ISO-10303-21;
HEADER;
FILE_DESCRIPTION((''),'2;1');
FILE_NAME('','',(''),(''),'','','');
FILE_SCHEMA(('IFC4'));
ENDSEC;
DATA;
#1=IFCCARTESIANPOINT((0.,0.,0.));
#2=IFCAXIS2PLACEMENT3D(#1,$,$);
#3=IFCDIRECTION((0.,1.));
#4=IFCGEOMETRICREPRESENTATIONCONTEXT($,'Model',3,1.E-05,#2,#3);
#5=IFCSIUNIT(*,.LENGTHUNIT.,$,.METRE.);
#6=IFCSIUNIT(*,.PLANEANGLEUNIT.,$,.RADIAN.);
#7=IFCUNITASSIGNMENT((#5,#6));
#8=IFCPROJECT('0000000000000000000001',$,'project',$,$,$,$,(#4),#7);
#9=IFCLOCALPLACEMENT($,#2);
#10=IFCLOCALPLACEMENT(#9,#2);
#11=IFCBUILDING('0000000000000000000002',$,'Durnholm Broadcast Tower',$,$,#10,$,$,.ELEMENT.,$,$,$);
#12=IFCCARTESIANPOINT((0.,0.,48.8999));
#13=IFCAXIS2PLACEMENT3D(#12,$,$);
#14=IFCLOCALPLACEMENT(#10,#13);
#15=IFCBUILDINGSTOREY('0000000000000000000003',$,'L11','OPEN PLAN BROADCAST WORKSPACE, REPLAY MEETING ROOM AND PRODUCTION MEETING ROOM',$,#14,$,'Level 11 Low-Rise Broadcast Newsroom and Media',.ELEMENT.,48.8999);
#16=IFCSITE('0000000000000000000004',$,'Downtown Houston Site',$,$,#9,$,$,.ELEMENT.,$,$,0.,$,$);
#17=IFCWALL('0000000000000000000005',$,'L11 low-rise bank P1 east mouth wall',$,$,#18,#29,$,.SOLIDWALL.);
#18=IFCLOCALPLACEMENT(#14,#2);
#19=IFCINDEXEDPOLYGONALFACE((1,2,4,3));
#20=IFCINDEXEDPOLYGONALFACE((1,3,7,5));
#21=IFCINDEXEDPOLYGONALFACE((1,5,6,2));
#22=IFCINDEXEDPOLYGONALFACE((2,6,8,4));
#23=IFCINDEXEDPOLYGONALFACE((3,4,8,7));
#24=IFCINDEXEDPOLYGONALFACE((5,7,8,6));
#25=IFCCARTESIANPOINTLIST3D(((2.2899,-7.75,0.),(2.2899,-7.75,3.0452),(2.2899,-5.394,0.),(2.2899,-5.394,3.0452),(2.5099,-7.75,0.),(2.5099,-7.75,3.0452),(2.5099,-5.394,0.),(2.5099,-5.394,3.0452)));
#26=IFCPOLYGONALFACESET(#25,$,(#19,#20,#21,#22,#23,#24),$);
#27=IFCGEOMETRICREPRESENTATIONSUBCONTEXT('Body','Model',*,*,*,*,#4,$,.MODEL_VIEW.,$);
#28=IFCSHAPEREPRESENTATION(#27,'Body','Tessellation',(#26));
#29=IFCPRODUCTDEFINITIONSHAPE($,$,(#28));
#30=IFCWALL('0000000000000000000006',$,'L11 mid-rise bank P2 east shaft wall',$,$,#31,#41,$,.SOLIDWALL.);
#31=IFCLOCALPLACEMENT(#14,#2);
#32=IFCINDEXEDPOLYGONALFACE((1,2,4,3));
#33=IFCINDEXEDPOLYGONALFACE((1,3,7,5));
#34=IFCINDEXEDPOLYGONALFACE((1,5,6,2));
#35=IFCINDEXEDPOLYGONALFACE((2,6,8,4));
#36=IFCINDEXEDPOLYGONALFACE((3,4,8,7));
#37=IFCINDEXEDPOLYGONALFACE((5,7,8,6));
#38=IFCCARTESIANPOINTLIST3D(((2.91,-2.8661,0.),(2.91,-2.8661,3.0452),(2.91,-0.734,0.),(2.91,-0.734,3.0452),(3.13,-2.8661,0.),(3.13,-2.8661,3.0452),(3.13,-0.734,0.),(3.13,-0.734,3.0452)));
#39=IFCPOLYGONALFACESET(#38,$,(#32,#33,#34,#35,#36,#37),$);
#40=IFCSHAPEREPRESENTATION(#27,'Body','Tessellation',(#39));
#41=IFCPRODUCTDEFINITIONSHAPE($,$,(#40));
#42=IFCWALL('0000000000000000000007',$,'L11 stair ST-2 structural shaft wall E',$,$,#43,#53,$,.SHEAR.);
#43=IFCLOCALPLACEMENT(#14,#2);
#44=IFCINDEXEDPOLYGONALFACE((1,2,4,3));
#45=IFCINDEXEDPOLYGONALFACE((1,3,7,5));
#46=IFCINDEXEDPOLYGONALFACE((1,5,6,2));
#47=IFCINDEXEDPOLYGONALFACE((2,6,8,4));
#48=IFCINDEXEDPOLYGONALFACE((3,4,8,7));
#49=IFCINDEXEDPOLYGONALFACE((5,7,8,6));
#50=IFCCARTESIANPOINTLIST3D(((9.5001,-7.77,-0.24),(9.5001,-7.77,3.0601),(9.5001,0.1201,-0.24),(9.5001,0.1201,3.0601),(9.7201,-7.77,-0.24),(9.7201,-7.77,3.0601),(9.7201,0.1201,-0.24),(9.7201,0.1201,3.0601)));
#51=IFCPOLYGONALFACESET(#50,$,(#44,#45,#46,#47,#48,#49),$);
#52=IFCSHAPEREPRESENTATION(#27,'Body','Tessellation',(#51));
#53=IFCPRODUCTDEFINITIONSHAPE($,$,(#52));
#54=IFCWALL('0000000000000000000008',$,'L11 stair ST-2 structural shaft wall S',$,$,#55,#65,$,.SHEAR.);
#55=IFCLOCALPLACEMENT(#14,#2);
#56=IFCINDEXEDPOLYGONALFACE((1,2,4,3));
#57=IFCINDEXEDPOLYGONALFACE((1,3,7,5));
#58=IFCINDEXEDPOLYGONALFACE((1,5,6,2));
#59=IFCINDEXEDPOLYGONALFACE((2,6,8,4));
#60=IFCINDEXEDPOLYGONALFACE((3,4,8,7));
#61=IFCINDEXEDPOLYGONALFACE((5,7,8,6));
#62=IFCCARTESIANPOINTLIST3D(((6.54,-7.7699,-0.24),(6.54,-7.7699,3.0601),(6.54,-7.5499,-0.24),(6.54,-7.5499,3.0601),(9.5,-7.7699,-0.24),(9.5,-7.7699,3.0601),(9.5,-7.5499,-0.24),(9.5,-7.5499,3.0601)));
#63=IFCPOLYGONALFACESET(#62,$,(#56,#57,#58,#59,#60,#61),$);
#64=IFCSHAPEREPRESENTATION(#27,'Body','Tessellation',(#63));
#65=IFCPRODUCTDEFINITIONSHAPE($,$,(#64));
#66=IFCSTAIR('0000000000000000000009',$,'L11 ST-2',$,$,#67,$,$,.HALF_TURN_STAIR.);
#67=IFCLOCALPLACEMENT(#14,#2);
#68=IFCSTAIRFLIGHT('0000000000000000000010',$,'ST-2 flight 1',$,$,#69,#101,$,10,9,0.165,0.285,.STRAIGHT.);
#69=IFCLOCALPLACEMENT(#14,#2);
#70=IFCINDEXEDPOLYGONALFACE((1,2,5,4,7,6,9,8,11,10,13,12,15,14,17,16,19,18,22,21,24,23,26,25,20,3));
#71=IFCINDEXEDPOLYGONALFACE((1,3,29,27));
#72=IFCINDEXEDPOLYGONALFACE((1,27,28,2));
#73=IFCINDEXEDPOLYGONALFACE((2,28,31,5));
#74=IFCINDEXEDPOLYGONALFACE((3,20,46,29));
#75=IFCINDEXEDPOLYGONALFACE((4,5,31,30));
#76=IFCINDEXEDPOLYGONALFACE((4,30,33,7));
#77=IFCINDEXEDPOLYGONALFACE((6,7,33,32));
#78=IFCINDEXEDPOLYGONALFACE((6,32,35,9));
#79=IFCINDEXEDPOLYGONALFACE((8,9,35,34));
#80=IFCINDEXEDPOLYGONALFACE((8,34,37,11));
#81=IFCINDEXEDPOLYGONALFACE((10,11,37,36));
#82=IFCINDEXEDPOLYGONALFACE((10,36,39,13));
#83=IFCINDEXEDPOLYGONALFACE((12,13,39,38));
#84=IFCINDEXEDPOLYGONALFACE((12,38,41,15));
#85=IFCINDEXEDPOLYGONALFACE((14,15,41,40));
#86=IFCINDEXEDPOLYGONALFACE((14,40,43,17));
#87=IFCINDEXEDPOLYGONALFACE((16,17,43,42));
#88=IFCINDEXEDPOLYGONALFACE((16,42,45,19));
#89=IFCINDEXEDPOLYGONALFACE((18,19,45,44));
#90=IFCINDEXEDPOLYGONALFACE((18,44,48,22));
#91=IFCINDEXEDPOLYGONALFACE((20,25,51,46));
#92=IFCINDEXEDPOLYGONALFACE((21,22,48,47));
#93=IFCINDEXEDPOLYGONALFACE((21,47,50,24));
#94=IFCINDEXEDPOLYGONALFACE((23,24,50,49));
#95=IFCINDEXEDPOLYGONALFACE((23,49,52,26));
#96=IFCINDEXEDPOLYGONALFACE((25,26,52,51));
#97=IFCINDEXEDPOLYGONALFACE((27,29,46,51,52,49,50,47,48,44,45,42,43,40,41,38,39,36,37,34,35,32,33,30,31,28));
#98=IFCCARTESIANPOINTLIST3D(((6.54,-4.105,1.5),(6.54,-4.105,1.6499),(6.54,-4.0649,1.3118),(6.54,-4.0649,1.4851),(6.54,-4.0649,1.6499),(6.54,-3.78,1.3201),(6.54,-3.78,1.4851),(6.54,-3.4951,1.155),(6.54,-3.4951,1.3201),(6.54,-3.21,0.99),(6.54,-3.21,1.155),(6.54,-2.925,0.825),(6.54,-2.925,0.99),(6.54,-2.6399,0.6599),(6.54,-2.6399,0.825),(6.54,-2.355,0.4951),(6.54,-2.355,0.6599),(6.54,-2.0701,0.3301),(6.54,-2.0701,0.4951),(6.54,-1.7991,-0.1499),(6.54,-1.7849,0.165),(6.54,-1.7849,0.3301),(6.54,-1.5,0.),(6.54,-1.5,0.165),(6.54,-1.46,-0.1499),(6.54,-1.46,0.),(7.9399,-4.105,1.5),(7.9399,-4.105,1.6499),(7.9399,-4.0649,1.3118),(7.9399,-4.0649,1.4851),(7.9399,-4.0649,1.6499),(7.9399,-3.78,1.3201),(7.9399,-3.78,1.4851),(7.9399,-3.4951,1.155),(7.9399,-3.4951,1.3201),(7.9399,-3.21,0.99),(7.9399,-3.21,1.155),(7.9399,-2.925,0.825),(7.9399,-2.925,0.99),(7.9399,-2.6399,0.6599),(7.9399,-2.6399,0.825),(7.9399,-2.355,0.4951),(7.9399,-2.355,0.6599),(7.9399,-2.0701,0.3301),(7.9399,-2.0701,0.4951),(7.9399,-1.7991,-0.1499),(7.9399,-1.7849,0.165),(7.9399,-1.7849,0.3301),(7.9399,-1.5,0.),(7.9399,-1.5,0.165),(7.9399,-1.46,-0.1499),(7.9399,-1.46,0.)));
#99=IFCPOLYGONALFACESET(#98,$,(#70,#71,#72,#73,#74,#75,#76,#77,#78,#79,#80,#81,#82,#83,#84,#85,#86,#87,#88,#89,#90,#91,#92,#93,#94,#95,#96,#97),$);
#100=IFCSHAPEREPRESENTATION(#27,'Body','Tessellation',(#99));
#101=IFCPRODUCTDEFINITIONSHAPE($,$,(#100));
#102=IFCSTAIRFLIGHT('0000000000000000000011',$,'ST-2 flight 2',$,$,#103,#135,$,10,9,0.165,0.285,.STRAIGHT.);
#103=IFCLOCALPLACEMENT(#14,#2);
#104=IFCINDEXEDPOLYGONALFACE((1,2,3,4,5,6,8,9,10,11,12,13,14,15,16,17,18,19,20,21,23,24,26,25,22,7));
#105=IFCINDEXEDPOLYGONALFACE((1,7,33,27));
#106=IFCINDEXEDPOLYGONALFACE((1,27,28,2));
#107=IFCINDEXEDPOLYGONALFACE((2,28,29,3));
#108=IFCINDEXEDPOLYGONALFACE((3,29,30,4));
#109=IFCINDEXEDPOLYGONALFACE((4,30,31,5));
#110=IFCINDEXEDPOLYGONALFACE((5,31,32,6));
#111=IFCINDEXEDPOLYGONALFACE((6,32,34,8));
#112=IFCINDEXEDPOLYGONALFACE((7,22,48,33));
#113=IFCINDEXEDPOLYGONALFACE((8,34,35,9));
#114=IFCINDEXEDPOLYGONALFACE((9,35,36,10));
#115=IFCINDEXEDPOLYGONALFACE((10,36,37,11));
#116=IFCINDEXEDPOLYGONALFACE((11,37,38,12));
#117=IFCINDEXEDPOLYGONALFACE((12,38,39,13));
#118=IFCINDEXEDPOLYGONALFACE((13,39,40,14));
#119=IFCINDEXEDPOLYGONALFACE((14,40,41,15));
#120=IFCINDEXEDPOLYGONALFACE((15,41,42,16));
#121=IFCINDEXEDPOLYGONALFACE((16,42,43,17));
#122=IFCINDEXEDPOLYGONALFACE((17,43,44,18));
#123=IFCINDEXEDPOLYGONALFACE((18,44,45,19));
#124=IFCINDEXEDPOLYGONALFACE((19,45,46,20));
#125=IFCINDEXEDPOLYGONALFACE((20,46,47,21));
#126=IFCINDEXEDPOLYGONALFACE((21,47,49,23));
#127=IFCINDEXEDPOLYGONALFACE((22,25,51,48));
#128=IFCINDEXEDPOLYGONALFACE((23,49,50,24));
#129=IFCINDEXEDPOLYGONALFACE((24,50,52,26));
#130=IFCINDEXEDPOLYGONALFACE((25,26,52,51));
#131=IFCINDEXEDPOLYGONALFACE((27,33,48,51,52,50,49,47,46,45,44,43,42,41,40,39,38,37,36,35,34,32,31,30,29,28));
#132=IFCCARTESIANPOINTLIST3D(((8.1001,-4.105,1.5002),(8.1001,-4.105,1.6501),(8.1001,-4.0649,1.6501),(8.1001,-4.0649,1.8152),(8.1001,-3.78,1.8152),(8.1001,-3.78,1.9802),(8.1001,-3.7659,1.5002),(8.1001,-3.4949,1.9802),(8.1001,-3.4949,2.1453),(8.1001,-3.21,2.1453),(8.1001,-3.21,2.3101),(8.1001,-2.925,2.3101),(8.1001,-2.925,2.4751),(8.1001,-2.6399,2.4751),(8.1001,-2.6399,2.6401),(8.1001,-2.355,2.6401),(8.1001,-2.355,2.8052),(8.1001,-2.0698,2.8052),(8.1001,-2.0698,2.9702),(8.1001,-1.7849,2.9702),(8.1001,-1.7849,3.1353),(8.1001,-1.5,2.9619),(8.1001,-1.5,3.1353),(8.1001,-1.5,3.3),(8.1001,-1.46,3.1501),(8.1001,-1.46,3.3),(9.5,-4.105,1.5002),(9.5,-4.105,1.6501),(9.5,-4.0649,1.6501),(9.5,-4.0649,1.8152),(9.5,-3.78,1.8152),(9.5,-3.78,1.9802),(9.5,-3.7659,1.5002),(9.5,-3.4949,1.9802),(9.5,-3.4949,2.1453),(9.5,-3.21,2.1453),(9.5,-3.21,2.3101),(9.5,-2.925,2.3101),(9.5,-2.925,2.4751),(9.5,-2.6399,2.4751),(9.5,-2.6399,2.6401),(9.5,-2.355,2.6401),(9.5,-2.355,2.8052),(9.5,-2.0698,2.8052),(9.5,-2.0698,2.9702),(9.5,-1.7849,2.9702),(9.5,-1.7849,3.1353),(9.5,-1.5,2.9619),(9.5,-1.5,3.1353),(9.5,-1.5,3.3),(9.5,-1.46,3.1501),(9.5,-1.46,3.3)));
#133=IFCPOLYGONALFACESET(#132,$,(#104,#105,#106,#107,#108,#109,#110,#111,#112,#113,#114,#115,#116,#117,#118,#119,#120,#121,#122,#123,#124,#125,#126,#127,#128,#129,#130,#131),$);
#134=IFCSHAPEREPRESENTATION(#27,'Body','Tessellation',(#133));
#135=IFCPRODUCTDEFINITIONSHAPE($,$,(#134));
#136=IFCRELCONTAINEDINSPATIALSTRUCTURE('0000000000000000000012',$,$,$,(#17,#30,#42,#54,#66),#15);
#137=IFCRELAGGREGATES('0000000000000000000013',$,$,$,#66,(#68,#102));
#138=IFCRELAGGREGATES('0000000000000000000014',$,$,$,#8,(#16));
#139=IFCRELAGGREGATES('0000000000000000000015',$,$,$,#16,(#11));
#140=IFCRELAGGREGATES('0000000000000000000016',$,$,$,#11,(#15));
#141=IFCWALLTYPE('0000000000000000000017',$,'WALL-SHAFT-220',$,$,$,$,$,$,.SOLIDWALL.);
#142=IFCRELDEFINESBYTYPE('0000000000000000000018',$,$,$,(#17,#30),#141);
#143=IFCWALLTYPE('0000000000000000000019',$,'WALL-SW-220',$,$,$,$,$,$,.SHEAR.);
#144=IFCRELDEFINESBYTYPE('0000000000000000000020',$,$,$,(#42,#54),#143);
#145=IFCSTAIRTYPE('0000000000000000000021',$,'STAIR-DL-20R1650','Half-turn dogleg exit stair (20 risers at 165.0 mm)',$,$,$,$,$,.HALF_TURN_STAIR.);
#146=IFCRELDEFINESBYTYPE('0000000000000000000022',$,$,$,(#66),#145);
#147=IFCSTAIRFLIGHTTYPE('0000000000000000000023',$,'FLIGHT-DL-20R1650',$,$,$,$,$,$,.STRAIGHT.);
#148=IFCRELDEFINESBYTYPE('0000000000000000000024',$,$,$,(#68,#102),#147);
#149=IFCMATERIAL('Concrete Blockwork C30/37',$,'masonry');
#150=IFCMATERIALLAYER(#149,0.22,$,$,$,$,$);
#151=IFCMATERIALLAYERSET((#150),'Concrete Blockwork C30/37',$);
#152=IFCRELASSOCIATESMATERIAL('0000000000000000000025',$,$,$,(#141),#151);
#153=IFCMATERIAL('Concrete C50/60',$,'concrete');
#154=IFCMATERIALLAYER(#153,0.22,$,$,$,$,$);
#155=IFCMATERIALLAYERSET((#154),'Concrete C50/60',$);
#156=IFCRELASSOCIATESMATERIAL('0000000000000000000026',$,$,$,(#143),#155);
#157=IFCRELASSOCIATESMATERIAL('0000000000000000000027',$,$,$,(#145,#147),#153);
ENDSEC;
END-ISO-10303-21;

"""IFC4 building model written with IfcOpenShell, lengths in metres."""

from ifc_helpers import new_model, si_unit, direction, frame, frame_2d, origin, place, context, subcontext, project, spatial, polyline, rectangle, outline, extrude, material, layer, layer_set, type_object, element, aggregate, save


model = new_model("IFC4")

# Units and contexts
model_context = context("Model", 3, precision=1e-05, world=origin(), true_north=direction((0.0, 1.0)))
body_context = subcontext(model_context, "Body", "Model", "MODEL_VIEW")
ifc_project = project(units=[si_unit("LENGTHUNIT", "METRE"), si_unit("PLANEANGLEUNIT", "RADIAN")], contexts=[model_context])

# Site, building, storey
site_placement = place(None, origin())
site = spatial("IfcSite", under=ifc_project, at=site_placement, Name="Downtown Houston Site", CompositionType="ELEMENT", RefElevation=0.0)
building_placement = place(site_placement, origin())
building = spatial("IfcBuilding", under=site, at=building_placement, Name="Durnholm Broadcast Tower", CompositionType="ELEMENT")
storey_placement = place(building_placement, frame((0.0, 0.0, 48.8999)))
storey = spatial("IfcBuildingStorey", under=building, at=storey_placement, Name="L11", Description="OPEN PLAN BROADCAST WORKSPACE, REPLAY MEETING ROOM AND PRODUCTION MEETING ROOM", LongName="Level 11 Low-Rise Broadcast Newsroom and Media", CompositionType="ELEMENT", Elevation=48.8999)

# Shared definitions
ifc_material_1 = material(Name="Concrete Blockwork C30/37", Category="masonry")
ifc_layer_1 = layer(ifc_material_1, 0.22)
ifc_layer_set_1 = layer_set([ifc_layer_1], Name="Concrete Blockwork C30/37")
wall_type_1 = type_object("IfcWallType", Name="WALL-SHAFT-220", PredefinedType="SOLIDWALL", material=ifc_layer_set_1)

# Walls
wall_1_placement = place(storey_placement, frame((2.3999, -7.75, 0.0), z_axis=(0.0, 0.0, 1.0), x_axis=(0.0, 1.0, 0.0)))
element("IfcWall", 1, at=wall_1_placement, inside=storey, type_object=wall_type_1, Name="L11 low-rise bank P1 east mouth wall", PredefinedType="SOLIDWALL", context=body_context, shape_type="SweptSolid", body=[
    extrude(rectangle(XDim=2.356, YDim=0.22, at=frame_2d((1.178, 0.0))), origin(), (0.0, 0.0, 1.0), 3.0452),
])
wall_2_placement = place(storey_placement, frame((3.02, -2.866, 0.0), z_axis=(0.0, 0.0, 1.0), x_axis=(0.0, 1.0, 0.0)))
element("IfcWall", 2, at=wall_2_placement, inside=storey, type_object=wall_type_1, Name="L11 mid-rise bank P2 east shaft wall", PredefinedType="SOLIDWALL", context=body_context, shape_type="SweptSolid", body=[
    extrude(rectangle(XDim=2.1321, YDim=0.22, at=frame_2d((1.0659, 0.0))), origin(), (0.0, 0.0, 1.0), 3.0452),
])
ifc_material_2 = material(Name="Concrete C50/60", Category="concrete")
ifc_layer_2 = layer(ifc_material_2, 0.22)
ifc_layer_set_2 = layer_set([ifc_layer_2], Name="Concrete C50/60")
wall_type_2 = type_object("IfcWallType", Name="WALL-SW-220", PredefinedType="SHEAR", material=ifc_layer_set_2)
wall_3_placement = place(storey_placement, frame((9.6101, -7.77, -0.24), z_axis=(0.0, 0.0, 1.0), x_axis=(0.0, 1.0, 0.0)))
element("IfcWall", 3, at=wall_3_placement, inside=storey, type_object=wall_type_2, Name="L11 stair ST-2 structural shaft wall E", PredefinedType="SHEAR", context=body_context, shape_type="SweptSolid", body=[
    extrude(rectangle(XDim=7.8901, YDim=0.22, at=frame_2d((3.9451, 0.0))), origin(), (0.0, 0.0, 1.0), 3.3),
])
wall_4_placement = place(storey_placement, frame((6.54, -7.6599, -0.24), z_axis=(0.0, 0.0, 1.0), x_axis=(1.0, 0.0, 0.0)))
element("IfcWall", 4, at=wall_4_placement, inside=storey, type_object=wall_type_2, Name="L11 stair ST-2 structural shaft wall S", PredefinedType="SHEAR", context=body_context, shape_type="SweptSolid", body=[
    extrude(rectangle(XDim=2.96, YDim=0.22, at=frame_2d((1.48, 0.0))), origin(), (0.0, 0.0, 1.0), 3.3),
])

# Stair, stair flights
stair_type = type_object("IfcStairType", Name="STAIR-DL-20R1650", Description="Half-turn dogleg exit stair (20 risers at 165.0 mm)", PredefinedType="HALF_TURN_STAIR", material=ifc_material_2)
stair_placement = place(storey_placement, origin())
stair = element("IfcStair", 5, at=stair_placement, inside=storey, type_object=stair_type, Name="L11 ST-2", PredefinedType="HALF_TURN_STAIR")
stair_flight_type = type_object("IfcStairFlightType", Name="FLIGHT-DL-20R1650", PredefinedType="STRAIGHT", material=ifc_material_2)
stair_flight_1_placement = place(storey_placement, frame((7.24, -1.5, 0.0), z_axis=(0.0, 0.0, 1.0), x_axis=(0.0, -1.0, 0.0)))
stair_flight_1 = element("IfcStairFlight", 6, at=stair_flight_1_placement, type_object=stair_flight_type, Name="ST-2 flight 1", NumberOfRisers=10, NumberOfTreads=9, PredefinedType="STRAIGHT", RiserHeight=0.165, TreadLength=0.285, context=body_context, shape_type="SweptSolid", body=[
    extrude(outline(polyline([(-0.04, -0.1499), (-0.04, 0.0), (0.0, 0.0), (0.0, 0.165), (0.2849, 0.165), (0.2849, 0.3301), (0.5701, 0.3301), (0.5701, 0.4951), (0.855, 0.4951), (0.855, 0.6599), (1.1399, 0.6599), (1.1399, 0.825), (1.425, 0.825), (1.425, 0.99), (1.71, 0.99), (1.71, 1.155), (1.9951, 1.155), (1.9951, 1.3201), (2.28, 1.3201), (2.28, 1.4851), (2.5649, 1.4851), (2.5649, 1.6499), (2.605, 1.6499), (2.605, 1.5), (2.5649, 1.3118), (0.2991, -0.1499), (-0.04, -0.1499)])), frame((0.0, 0.7, 0.0), z_axis=(0.0, -1.0, 0.0), x_axis=(1.0, 0.0, 0.0)), (0.0, 0.0, 1.0), 1.3999),
])
stair_flight_2_placement = place(storey_placement, frame((8.8, -4.0649, 1.6501), z_axis=(0.0, 0.0, 1.0), x_axis=(0.0, 1.0, 0.0)))
stair_flight_2 = element("IfcStairFlight", 7, at=stair_flight_2_placement, type_object=stair_flight_type, Name="ST-2 flight 2", NumberOfRisers=10, NumberOfTreads=9, PredefinedType="STRAIGHT", RiserHeight=0.165, TreadLength=0.285, context=body_context, shape_type="SweptSolid", body=[
    extrude(outline(polyline([(-0.04, -0.1499), (-0.04, 0.0), (0.0, 0.0), (0.0, 0.165), (0.2849, 0.165), (0.2849, 0.3301), (0.5701, 0.3301), (0.5701, 0.4951), (0.855, 0.4951), (0.855, 0.6599), (1.1399, 0.6599), (1.1399, 0.825), (1.425, 0.825), (1.425, 0.99), (1.71, 0.99), (1.71, 1.155), (1.9951, 1.155), (1.9951, 1.3201), (2.28, 1.3201), (2.28, 1.4851), (2.5649, 1.4851), (2.5649, 1.6499), (2.605, 1.6499), (2.605, 1.5), (2.5649, 1.3118), (0.2991, -0.1499), (-0.04, -0.1499)])), frame((0.0, 0.7, 0.0), z_axis=(0.0, -1.0, 0.0), x_axis=(1.0, 0.0, 0.0)), (0.0, 0.0, 1.0), 1.3999),
])
aggregate(stair, [stair_flight_1, stair_flight_2])

save(model, "model.ifc")
